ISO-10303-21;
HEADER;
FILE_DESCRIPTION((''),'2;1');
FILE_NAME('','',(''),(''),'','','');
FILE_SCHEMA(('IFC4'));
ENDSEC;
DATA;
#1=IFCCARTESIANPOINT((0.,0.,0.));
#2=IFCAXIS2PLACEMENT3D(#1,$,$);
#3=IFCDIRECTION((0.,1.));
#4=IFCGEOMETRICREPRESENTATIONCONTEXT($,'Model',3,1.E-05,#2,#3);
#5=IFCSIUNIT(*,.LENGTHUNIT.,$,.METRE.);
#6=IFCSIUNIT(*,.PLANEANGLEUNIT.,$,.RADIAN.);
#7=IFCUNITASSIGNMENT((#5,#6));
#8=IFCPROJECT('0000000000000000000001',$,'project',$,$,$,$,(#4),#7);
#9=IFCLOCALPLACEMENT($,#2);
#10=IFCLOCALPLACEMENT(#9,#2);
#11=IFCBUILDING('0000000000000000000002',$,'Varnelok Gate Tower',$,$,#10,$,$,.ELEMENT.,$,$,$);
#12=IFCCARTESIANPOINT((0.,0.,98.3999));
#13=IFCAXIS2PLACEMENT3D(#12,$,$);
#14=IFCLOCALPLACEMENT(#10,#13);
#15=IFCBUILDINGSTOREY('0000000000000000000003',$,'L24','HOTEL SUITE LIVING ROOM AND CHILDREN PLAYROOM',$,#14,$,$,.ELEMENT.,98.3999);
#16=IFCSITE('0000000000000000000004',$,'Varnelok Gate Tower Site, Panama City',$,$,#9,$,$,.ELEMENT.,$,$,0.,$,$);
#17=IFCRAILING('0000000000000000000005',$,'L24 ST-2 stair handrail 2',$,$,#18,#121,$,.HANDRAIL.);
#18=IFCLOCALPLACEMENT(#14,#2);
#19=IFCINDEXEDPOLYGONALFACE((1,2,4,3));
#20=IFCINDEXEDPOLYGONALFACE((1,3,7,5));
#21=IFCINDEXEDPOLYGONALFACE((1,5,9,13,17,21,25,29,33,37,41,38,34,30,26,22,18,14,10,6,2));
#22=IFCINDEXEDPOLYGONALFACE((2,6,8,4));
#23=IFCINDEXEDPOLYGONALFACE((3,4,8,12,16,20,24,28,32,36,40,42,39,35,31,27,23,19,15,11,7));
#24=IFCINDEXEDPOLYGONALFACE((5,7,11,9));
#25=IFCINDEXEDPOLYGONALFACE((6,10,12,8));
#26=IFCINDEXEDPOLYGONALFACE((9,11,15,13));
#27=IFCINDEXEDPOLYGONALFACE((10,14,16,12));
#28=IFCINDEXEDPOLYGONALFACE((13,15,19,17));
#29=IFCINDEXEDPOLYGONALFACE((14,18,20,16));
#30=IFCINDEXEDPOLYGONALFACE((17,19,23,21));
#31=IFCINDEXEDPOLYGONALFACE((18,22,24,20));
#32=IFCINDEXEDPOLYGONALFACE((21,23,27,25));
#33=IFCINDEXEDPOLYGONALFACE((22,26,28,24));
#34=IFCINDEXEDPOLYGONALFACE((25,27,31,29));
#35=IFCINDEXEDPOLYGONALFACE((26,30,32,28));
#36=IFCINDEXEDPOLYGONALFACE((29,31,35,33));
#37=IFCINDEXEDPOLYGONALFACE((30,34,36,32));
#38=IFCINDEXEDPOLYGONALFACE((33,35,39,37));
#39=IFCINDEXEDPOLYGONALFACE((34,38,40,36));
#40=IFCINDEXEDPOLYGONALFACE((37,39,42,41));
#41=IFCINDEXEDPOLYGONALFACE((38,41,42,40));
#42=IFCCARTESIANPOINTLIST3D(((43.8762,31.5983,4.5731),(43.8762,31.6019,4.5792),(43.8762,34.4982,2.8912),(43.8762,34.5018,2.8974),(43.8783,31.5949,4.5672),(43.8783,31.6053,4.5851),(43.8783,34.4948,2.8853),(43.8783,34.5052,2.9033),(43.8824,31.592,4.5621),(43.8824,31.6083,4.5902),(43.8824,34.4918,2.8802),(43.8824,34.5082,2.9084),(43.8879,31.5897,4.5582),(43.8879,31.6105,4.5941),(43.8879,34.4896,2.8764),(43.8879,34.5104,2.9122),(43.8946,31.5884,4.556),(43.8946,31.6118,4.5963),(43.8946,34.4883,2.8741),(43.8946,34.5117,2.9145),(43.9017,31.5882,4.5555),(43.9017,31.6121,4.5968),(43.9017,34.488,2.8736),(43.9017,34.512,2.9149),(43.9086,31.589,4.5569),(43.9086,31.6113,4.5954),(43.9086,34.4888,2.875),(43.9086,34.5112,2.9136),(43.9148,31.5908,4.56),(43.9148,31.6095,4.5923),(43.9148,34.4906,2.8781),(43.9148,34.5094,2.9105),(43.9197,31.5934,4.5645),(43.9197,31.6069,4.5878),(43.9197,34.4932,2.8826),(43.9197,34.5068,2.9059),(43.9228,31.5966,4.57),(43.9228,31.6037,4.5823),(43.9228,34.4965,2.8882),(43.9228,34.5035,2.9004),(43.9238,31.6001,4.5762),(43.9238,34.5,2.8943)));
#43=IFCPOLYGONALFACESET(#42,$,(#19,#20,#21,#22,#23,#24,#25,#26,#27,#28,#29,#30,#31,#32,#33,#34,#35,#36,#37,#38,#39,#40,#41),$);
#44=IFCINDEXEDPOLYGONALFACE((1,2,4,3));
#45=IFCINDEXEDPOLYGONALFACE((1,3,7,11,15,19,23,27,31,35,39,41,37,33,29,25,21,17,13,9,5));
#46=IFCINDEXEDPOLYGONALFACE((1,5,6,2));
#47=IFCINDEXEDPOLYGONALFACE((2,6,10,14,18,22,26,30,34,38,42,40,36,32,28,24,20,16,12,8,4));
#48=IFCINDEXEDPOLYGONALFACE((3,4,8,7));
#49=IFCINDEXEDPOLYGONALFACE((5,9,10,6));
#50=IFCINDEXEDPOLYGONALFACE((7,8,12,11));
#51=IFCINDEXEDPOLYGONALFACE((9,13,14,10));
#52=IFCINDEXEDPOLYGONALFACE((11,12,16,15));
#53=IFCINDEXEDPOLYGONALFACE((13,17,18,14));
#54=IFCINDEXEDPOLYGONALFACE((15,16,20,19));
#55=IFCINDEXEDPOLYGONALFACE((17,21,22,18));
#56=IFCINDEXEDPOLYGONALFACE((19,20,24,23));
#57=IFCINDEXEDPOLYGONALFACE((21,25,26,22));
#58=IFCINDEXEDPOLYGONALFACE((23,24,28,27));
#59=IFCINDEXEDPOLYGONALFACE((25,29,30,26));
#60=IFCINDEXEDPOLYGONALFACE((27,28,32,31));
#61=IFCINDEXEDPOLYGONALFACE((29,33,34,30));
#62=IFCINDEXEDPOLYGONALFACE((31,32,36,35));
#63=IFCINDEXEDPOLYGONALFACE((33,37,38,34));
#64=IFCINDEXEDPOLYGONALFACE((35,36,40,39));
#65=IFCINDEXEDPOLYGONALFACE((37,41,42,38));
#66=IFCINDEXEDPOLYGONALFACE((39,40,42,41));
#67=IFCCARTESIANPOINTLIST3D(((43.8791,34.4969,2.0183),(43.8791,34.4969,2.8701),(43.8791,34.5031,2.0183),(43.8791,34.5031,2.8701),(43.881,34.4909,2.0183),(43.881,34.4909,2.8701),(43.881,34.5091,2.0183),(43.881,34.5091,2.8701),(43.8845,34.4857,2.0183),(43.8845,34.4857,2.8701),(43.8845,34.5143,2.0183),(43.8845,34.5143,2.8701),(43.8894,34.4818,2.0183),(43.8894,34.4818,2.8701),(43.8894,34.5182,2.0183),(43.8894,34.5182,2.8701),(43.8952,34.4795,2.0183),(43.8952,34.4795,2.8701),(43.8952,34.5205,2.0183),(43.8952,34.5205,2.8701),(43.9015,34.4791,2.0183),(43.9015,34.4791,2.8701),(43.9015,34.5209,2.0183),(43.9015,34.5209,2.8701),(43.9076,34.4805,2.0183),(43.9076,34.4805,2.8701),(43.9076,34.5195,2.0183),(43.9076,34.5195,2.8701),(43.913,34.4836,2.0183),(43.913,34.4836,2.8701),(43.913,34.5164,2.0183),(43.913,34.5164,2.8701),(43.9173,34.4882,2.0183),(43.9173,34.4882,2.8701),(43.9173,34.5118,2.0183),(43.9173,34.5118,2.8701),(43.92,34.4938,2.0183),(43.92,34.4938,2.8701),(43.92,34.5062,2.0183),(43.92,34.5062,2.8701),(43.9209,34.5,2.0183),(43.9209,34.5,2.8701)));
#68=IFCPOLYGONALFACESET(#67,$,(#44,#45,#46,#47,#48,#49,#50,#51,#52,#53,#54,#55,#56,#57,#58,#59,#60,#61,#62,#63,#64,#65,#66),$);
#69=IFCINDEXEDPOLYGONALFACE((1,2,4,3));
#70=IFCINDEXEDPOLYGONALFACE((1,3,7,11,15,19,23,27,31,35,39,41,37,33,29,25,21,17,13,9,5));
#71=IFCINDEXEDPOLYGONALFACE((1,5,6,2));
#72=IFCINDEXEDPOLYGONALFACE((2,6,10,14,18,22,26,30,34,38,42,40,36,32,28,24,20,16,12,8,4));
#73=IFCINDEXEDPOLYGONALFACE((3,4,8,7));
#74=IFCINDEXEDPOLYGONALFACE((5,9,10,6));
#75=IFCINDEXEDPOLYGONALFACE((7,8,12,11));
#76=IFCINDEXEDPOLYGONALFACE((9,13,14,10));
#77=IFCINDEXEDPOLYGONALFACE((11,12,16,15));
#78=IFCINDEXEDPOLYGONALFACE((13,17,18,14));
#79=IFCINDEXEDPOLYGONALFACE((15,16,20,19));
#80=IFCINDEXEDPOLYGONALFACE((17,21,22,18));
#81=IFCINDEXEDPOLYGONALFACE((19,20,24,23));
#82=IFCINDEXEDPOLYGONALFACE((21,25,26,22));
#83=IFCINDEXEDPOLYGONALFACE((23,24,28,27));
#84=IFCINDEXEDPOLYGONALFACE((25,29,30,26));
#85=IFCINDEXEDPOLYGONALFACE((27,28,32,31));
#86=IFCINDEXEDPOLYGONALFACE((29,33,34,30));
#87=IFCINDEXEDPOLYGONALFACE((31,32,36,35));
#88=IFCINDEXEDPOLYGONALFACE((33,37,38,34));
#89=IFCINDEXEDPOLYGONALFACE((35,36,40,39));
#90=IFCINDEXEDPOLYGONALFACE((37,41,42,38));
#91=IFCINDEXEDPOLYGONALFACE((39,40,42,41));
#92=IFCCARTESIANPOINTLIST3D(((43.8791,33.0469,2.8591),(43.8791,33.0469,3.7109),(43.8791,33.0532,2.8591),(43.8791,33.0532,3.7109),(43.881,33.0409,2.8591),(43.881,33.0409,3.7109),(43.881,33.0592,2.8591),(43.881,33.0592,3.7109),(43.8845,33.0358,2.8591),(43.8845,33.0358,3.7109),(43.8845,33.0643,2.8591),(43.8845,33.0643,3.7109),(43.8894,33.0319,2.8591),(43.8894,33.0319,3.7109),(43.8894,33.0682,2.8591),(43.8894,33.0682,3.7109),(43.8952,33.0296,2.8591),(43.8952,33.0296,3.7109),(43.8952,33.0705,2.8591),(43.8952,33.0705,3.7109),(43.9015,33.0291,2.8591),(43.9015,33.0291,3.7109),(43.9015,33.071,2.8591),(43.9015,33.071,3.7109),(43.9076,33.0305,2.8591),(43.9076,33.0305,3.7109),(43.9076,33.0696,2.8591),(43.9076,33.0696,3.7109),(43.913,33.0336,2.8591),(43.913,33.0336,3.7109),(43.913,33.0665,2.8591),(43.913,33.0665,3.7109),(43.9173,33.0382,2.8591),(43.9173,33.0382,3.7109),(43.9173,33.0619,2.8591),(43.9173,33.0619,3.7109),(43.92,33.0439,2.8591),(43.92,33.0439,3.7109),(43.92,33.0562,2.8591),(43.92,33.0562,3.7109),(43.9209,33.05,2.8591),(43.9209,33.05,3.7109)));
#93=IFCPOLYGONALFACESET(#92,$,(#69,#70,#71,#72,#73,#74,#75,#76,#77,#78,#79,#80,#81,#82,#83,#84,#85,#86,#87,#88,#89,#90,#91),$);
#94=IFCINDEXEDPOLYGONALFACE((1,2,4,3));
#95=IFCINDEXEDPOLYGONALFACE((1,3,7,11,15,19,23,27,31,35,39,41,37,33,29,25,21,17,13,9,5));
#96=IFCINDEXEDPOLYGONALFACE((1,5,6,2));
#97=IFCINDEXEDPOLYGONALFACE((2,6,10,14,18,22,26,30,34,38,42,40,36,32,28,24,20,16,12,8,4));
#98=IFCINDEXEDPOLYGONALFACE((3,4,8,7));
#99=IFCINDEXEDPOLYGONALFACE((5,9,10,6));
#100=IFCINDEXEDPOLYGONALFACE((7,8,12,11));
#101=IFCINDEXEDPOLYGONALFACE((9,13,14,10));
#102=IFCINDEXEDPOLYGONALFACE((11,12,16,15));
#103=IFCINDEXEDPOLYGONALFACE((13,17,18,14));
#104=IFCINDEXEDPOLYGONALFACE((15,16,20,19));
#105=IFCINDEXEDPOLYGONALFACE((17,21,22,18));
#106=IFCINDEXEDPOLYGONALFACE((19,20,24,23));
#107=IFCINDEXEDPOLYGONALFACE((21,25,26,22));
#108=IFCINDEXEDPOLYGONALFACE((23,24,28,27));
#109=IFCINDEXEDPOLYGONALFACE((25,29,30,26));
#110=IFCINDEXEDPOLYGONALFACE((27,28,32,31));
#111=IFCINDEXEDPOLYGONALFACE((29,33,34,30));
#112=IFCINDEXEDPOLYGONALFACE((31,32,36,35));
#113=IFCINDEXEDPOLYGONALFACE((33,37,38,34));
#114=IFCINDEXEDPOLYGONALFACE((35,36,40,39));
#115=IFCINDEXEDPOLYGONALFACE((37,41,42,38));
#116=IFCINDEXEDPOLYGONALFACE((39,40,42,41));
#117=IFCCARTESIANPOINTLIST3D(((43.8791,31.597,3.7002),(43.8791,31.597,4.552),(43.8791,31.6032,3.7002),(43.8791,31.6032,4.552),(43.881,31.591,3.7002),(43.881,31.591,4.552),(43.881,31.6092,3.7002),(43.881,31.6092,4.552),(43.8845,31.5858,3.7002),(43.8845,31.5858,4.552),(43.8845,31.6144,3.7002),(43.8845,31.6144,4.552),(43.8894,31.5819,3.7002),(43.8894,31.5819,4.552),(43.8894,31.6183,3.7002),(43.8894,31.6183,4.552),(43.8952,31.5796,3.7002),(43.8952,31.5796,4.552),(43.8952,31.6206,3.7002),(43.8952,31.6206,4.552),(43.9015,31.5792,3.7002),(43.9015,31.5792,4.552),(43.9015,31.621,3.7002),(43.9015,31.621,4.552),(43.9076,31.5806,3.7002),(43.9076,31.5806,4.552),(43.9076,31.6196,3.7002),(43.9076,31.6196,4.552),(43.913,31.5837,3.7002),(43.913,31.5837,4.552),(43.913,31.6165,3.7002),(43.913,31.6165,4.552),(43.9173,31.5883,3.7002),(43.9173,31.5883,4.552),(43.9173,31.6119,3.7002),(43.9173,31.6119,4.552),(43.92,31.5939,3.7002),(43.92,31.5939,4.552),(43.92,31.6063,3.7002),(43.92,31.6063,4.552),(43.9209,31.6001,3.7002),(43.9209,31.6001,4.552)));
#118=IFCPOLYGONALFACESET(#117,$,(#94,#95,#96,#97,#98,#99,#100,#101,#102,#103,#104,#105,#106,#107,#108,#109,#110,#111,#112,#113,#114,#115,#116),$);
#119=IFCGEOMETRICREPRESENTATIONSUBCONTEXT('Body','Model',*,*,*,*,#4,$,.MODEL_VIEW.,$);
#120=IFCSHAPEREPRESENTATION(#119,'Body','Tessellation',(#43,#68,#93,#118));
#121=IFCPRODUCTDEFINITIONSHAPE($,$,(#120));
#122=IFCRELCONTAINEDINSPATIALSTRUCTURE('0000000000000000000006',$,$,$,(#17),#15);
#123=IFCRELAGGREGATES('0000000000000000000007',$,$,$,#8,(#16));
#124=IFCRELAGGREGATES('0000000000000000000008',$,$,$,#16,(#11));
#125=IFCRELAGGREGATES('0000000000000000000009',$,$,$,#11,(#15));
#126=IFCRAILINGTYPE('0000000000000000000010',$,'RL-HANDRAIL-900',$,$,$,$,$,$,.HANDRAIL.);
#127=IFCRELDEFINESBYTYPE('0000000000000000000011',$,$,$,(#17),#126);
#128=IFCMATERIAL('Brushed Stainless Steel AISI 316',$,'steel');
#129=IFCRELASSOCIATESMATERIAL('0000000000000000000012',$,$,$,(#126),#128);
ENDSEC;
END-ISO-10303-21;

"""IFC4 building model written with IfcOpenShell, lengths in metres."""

from ifc_helpers import new_model, si_unit, direction, frame, origin, origin_2d, place, context, subcontext, project, spatial, circle, extrude, material, type_object, element, save


model = new_model("IFC4")

# Units and contexts
model_context = context("Model", 3, precision=1e-05, world=origin(), true_north=direction((0.0, 1.0)))
body_context = subcontext(model_context, "Body", "Model", "MODEL_VIEW")
ifc_project = project(units=[si_unit("LENGTHUNIT", "METRE"), si_unit("PLANEANGLEUNIT", "RADIAN")], contexts=[model_context])

# Site, building, storey
site_placement = place(None, origin())
site = spatial("IfcSite", under=ifc_project, at=site_placement, Name="Varnelok Gate Tower Site, Panama City", CompositionType="ELEMENT", RefElevation=0.0)
building_placement = place(site_placement, origin())
building = spatial("IfcBuilding", under=site, at=building_placement, Name="Varnelok Gate Tower", CompositionType="ELEMENT")
storey_placement = place(building_placement, frame((0.0, 0.0, 98.3999)))
storey = spatial("IfcBuildingStorey", under=building, at=storey_placement, Name="L24", Description="HOTEL SUITE LIVING ROOM AND CHILDREN PLAYROOM", CompositionType="ELEMENT", Elevation=98.3999)

# Railing
ifc_material_1 = material(Name="Brushed Stainless Steel AISI 316", Category="steel")
railing_type_1 = type_object("IfcRailingType", Name="RL-HANDRAIL-900", PredefinedType="HANDRAIL", material=ifc_material_1)
railing_1_placement = place(storey_placement, frame((43.8999, 34.5, 2.0183)))
element("IfcRailing", 1, at=railing_1_placement, inside=storey, type_object=railing_type_1, Name="L24 ST-2 stair handrail 2", PredefinedType="HANDRAIL", context=body_context, shape_type="SweptSolid", body=[
    extrude(circle(Radius=0.0239, at=origin_2d()), frame((0.0, 0.0, 0.876), z_axis=(0.0, -0.865039, 0.501705), x_axis=(1.0, 0.0, 0.0)), (0.0, 0.0, 1.0), 3.3523),
    extrude(circle(Radius=0.021, at=origin_2d()), origin(), (0.0, 0.0, 1.0), 0.8518),
    extrude(circle(Radius=0.021, at=origin_2d()), frame((0.0, -1.45, 0.8408)), (0.0, 0.0, 1.0), 0.8518),
    extrude(circle(Radius=0.021, at=origin_2d()), frame((0.0, -2.8999, 1.6819)), (0.0, 0.0, 1.0), 0.8518),
])

save(model, "model.ifc")
